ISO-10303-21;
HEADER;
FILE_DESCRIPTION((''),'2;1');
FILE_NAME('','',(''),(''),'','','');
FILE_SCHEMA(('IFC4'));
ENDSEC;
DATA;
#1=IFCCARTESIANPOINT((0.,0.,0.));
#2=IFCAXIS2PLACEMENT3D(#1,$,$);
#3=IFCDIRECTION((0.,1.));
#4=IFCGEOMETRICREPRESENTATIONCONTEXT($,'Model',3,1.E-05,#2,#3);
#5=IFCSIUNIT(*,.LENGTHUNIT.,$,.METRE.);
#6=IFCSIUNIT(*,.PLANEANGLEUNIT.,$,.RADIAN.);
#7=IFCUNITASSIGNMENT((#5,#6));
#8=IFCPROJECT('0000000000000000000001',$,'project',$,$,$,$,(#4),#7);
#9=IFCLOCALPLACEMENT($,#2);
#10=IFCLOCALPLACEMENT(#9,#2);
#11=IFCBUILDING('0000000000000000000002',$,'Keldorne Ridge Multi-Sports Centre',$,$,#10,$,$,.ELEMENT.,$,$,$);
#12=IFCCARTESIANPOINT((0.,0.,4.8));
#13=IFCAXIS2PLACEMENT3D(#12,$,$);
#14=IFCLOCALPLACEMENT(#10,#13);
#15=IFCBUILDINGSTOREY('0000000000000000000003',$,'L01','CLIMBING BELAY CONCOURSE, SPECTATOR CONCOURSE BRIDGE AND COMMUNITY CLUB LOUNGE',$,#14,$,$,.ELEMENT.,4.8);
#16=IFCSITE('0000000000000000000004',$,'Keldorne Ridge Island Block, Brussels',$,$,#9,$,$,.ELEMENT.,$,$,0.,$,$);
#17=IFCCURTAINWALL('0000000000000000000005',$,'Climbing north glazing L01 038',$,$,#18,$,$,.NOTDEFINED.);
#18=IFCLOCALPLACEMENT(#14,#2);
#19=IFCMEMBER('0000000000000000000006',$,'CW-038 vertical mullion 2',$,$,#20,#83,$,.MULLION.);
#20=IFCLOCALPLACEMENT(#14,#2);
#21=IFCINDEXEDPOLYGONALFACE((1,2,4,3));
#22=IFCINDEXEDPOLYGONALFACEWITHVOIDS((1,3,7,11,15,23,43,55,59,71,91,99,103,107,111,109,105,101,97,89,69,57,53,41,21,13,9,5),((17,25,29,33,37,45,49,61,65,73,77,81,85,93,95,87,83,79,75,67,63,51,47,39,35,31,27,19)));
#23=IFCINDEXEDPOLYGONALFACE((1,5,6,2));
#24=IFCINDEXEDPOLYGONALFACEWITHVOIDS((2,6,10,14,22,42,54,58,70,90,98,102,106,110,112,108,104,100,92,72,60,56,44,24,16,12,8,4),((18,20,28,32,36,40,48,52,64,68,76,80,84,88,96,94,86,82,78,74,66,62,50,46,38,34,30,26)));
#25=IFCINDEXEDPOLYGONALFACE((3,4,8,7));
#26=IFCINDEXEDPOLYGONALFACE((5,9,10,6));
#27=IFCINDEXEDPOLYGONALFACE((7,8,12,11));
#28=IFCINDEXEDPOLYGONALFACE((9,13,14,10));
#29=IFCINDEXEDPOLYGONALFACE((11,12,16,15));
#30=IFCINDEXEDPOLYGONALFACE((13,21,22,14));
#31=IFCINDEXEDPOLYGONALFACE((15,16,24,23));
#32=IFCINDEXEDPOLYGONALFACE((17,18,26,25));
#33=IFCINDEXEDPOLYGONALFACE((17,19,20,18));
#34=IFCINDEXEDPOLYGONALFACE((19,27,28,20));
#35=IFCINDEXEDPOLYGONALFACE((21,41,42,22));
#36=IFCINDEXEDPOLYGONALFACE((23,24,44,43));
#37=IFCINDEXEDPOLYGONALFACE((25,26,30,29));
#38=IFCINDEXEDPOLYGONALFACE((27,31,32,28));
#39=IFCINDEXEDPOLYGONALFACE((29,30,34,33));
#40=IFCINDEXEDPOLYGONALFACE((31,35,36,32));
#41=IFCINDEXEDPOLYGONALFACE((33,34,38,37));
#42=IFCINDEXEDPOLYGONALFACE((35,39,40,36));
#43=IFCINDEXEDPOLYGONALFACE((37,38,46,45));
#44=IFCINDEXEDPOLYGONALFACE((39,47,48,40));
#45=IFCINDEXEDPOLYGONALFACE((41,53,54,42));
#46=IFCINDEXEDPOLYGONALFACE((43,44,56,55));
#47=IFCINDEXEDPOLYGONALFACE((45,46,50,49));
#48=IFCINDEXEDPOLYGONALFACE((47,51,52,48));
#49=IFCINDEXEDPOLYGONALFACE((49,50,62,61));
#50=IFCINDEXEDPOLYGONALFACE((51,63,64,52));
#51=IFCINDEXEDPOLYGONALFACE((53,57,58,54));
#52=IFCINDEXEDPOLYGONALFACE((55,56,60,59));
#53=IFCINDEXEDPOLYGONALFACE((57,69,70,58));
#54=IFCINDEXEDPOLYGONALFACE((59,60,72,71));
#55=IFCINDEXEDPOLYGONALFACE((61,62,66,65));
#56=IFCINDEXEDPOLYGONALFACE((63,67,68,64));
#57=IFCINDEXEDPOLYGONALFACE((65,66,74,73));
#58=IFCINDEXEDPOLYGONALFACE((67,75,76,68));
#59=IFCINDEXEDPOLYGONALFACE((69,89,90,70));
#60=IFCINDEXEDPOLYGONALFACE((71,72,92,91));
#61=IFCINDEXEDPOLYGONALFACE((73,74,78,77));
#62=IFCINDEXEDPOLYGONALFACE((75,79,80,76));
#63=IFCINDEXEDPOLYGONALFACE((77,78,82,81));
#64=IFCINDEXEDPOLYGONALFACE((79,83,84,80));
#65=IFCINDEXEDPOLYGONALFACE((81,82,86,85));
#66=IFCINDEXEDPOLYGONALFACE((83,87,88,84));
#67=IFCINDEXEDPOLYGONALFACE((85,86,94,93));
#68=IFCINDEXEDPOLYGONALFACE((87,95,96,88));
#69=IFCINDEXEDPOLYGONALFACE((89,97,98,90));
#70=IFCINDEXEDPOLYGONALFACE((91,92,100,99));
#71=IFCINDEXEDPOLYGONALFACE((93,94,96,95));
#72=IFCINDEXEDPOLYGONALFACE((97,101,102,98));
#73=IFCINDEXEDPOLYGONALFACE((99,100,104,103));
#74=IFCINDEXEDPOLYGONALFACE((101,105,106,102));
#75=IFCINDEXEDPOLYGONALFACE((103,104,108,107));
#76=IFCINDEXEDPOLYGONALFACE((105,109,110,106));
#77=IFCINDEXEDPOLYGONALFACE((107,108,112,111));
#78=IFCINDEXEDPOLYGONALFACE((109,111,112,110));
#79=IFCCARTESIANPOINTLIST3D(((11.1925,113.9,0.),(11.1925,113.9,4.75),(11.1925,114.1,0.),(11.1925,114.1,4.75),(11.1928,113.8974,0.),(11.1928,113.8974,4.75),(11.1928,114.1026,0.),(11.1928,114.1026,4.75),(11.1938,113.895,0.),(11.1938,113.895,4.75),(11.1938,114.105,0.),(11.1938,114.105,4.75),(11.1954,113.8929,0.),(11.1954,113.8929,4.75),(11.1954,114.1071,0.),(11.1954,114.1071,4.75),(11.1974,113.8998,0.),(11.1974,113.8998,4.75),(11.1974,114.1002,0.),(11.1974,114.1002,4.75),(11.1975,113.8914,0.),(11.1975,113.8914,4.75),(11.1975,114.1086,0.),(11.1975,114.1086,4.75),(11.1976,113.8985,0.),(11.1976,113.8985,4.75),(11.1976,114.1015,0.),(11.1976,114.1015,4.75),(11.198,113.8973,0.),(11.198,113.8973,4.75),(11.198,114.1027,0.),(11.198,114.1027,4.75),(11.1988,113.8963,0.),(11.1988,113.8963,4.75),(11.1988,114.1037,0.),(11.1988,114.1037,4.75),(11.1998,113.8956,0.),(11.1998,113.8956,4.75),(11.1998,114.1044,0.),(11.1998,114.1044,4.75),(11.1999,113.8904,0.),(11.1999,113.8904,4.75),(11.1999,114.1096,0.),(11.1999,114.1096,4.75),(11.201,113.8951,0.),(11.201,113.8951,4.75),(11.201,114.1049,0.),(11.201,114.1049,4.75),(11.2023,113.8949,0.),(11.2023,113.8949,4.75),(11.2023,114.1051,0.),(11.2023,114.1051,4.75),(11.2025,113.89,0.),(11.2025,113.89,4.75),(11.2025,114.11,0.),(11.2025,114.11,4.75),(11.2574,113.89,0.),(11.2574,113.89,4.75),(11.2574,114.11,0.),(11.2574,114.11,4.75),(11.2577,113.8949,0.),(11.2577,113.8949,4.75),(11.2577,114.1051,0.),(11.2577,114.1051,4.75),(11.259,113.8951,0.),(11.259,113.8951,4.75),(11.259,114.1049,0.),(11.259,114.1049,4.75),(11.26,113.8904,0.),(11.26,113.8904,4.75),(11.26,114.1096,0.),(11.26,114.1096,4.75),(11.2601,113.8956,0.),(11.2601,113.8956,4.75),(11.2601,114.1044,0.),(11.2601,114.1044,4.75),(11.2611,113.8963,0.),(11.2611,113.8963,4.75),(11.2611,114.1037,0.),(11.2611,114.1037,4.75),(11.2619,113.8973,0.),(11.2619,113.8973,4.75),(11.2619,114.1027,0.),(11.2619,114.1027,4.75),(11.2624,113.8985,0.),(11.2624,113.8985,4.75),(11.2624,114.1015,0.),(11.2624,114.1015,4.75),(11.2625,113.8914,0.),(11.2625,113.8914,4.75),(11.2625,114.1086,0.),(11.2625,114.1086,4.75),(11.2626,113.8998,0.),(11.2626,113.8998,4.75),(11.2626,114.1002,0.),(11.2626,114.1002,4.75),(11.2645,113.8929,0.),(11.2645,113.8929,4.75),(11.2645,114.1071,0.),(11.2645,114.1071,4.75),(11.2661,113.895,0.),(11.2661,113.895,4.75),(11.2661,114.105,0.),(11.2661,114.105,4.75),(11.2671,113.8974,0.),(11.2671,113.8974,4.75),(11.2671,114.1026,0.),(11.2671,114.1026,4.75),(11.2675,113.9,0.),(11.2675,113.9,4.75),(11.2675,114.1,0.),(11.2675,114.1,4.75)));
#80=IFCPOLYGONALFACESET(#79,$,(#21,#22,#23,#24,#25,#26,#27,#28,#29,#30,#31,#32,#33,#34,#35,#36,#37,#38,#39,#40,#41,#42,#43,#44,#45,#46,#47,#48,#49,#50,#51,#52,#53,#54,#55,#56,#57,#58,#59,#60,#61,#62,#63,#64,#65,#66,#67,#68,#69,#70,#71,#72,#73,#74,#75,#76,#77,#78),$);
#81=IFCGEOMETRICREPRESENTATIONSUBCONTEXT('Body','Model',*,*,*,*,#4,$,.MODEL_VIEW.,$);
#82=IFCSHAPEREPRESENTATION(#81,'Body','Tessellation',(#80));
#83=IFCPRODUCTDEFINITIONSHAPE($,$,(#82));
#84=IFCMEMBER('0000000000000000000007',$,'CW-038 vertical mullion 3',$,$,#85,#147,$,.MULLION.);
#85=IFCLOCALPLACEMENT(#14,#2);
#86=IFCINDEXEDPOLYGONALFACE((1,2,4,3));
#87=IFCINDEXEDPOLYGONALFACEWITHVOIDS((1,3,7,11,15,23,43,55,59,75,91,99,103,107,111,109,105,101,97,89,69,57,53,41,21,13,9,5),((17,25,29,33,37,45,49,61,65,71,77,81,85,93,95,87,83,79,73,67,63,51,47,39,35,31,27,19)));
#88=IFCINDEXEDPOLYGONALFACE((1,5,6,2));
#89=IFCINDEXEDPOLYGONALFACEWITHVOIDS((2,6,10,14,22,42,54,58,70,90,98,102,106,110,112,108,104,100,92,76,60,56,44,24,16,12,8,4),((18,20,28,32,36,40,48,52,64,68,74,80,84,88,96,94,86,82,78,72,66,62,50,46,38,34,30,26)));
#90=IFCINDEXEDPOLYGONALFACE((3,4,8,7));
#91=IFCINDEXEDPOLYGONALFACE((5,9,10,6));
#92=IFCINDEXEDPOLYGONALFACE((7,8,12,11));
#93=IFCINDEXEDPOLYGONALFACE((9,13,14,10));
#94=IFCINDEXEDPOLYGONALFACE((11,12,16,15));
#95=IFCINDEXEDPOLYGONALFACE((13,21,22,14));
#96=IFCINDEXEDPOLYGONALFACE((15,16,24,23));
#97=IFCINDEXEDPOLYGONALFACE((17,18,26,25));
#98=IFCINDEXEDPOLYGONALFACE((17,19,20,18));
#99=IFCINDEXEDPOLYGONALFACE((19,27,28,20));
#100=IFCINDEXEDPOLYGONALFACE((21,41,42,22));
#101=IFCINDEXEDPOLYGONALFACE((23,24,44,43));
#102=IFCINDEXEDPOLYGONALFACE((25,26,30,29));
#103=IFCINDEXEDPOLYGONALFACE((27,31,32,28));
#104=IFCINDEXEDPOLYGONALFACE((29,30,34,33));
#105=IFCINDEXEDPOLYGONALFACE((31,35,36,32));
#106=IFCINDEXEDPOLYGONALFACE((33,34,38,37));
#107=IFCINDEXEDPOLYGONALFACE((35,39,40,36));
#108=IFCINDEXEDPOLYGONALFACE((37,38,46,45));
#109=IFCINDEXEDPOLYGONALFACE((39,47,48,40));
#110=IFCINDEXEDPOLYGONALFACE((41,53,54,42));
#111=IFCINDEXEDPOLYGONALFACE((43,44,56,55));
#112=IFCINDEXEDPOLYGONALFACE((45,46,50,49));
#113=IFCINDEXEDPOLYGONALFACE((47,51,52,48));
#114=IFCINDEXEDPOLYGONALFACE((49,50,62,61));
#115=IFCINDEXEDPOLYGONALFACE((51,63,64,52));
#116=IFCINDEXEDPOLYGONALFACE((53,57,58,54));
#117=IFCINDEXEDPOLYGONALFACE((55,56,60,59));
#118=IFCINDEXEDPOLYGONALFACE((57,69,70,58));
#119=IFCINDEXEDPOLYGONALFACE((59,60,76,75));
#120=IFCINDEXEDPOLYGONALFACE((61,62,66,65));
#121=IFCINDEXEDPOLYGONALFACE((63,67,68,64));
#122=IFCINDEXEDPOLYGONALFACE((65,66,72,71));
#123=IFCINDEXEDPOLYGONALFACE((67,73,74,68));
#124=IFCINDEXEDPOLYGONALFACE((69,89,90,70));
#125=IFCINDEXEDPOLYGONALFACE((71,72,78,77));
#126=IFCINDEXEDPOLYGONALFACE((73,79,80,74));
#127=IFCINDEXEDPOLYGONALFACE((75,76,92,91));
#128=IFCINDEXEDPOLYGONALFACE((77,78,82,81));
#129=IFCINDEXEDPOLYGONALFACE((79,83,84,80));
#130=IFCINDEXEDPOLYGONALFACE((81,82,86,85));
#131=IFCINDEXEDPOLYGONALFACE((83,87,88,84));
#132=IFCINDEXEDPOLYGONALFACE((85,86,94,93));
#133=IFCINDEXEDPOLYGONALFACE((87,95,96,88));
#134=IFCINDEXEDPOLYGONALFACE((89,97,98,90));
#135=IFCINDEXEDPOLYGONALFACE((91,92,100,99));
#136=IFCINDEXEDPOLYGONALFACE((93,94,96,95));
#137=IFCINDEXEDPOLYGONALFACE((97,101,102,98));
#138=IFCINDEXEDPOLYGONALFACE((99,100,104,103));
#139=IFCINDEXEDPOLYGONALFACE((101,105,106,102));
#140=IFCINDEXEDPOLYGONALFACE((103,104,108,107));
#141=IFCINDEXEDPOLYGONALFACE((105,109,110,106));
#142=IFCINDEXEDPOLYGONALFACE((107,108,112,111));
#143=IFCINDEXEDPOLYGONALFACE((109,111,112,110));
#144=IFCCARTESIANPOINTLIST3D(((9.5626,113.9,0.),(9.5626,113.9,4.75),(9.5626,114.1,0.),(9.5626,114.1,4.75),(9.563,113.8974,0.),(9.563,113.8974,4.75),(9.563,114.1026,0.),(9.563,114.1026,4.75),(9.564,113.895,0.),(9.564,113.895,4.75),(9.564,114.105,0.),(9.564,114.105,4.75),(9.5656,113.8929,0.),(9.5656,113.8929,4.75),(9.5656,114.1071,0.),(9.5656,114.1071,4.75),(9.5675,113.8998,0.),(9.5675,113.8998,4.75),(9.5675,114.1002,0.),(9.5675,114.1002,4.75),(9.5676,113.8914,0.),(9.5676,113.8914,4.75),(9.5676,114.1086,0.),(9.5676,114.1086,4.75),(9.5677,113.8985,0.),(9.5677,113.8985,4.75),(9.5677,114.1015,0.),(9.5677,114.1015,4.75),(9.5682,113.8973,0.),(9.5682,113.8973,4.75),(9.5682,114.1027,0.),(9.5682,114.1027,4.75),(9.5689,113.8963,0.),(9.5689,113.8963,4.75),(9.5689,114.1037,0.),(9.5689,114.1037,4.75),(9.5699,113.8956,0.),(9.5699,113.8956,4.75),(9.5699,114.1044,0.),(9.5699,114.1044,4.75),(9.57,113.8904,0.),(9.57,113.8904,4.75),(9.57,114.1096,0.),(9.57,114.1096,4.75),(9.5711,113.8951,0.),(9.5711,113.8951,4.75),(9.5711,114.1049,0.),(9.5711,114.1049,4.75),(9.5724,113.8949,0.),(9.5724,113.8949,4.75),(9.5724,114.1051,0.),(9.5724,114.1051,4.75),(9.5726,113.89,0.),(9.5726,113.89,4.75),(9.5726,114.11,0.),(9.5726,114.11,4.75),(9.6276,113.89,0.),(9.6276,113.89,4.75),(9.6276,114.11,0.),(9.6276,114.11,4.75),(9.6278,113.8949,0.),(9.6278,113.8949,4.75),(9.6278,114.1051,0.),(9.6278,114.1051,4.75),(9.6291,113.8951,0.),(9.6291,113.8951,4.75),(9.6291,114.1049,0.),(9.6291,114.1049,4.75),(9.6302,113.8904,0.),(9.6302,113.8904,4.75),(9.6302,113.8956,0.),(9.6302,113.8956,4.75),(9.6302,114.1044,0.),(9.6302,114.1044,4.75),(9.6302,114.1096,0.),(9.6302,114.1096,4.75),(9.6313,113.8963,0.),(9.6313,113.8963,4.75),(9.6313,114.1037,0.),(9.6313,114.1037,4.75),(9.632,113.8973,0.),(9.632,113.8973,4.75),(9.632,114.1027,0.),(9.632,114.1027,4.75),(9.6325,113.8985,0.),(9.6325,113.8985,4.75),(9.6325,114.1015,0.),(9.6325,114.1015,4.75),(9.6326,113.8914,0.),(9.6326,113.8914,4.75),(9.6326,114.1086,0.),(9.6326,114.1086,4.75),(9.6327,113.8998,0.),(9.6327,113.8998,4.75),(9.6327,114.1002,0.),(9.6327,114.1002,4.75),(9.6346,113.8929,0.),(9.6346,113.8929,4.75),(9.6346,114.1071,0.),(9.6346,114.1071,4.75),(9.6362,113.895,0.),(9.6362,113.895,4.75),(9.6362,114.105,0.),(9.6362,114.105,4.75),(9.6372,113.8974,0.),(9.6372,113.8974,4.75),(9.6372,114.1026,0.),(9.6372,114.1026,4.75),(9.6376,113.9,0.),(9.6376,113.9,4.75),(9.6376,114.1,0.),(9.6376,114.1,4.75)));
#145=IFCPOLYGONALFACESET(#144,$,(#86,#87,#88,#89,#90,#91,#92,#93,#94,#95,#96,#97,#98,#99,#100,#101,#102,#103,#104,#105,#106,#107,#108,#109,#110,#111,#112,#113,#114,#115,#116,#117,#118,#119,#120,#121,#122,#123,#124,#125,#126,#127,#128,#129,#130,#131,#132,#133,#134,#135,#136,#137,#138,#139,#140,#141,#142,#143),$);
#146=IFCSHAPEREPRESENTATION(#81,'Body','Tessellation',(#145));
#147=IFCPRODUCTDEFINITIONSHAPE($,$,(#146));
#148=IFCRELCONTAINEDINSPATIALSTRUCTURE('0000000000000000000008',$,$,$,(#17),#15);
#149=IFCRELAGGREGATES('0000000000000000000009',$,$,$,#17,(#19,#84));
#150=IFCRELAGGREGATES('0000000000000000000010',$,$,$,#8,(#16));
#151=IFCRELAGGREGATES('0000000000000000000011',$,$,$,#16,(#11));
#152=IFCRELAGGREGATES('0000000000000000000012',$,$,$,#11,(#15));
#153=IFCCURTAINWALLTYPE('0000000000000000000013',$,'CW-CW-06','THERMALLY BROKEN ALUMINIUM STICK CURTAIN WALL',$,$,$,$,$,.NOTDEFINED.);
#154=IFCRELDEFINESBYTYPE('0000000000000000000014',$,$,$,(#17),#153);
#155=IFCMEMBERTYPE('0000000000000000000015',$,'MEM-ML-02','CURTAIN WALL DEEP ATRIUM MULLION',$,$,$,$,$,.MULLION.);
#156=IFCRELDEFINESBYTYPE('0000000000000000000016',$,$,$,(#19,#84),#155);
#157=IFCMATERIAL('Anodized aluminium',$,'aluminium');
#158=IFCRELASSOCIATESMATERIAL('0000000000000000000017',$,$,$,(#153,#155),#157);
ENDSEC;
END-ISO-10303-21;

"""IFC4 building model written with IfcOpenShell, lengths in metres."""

from ifc_helpers import new_model, si_unit, direction, frame, origin, origin_2d, place, context, subcontext, project, spatial, hollow_rectangle, extrude, material, material_profile, profile_set, type_object, element, aggregate, save


model = new_model("IFC4")

# Units and contexts
model_context = context("Model", 3, precision=1e-05, world=origin(), true_north=direction((0.0, 1.0)))
body_context = subcontext(model_context, "Body", "Model", "MODEL_VIEW")
ifc_project = project(units=[si_unit("LENGTHUNIT", "METRE"), si_unit("PLANEANGLEUNIT", "RADIAN")], contexts=[model_context])

# Site, building, storey
site_placement = place(None, origin())
site = spatial("IfcSite", under=ifc_project, at=site_placement, Name="Keldorne Ridge Island Block, Brussels", CompositionType="ELEMENT", RefElevation=0.0)
building_placement = place(site_placement, origin())
building = spatial("IfcBuilding", under=site, at=building_placement, Name="Keldorne Ridge Multi-Sports Centre", CompositionType="ELEMENT")
storey_placement = place(building_placement, frame((0.0, 0.0, 4.8)))
storey = spatial("IfcBuildingStorey", under=building, at=storey_placement, Name="L01", Description="CLIMBING BELAY CONCOURSE, SPECTATOR CONCOURSE BRIDGE AND COMMUNITY CLUB LOUNGE", CompositionType="ELEMENT", Elevation=4.8)

# Curtain wall, members
ifc_material_1 = material(Name="Anodized aluminium", Category="aluminium")
curtain_wall_type_1 = type_object("IfcCurtainWallType", Name="CW-CW-06", Description="THERMALLY BROKEN ALUMINIUM STICK CURTAIN WALL", PredefinedType="NOTDEFINED", material=ifc_material_1)
curtain_wall_1_placement = place(storey_placement, origin())
curtain_wall_1 = element("IfcCurtainWall", 1, at=curtain_wall_1_placement, inside=storey, type_object=curtain_wall_type_1, Name="Climbing north glazing L01 038", PredefinedType="NOTDEFINED")
ifc_material_profile_1 = material_profile(ifc_material_1, hollow_rectangle(XDim=0.075, YDim=0.22, WallThickness=0.0049, InnerFilletRadius=0.0049, OuterFilletRadius=0.01, at=origin_2d()), Name="ALU MULLION 220x75x5")
ifc_profile_set_1 = profile_set([ifc_material_profile_1], Name="Anodized aluminium")
member_type_1 = type_object("IfcMemberType", Name="MEM-ML-02", Description="CURTAIN WALL DEEP ATRIUM MULLION", PredefinedType="MULLION", material=ifc_profile_set_1)
member_1_placement = place(storey_placement, frame((11.23, 114.0, 0.0), z_axis=(0.0, 0.0, 1.0), x_axis=(1.0, 0.0, 0.0)))
member_1 = element("IfcMember", 2, at=member_1_placement, type_object=member_type_1, Name="CW-038 vertical mullion 2", PredefinedType="MULLION", context=body_context, shape_type="SweptSolid", body=[
    extrude(hollow_rectangle(XDim=0.075, YDim=0.22, WallThickness=0.0049, InnerFilletRadius=0.0049, OuterFilletRadius=0.01, at=origin_2d()), origin(), (0.0, 0.0, 1.0), 4.75),
])
member_2_placement = place(storey_placement, frame((9.6001, 114.0, 0.0), z_axis=(0.0, 0.0, 1.0), x_axis=(1.0, 0.0, 0.0)))
member_2 = element("IfcMember", 3, at=member_2_placement, type_object=member_type_1, Name="CW-038 vertical mullion 3", PredefinedType="MULLION", context=body_context, shape_type="SweptSolid", body=[
    extrude(hollow_rectangle(XDim=0.075, YDim=0.22, WallThickness=0.0049, InnerFilletRadius=0.0049, OuterFilletRadius=0.01, at=origin_2d()), origin(), (0.0, 0.0, 1.0), 4.75),
])

aggregate(curtain_wall_1, [member_1, member_2])

save(model, "model.ifc")
